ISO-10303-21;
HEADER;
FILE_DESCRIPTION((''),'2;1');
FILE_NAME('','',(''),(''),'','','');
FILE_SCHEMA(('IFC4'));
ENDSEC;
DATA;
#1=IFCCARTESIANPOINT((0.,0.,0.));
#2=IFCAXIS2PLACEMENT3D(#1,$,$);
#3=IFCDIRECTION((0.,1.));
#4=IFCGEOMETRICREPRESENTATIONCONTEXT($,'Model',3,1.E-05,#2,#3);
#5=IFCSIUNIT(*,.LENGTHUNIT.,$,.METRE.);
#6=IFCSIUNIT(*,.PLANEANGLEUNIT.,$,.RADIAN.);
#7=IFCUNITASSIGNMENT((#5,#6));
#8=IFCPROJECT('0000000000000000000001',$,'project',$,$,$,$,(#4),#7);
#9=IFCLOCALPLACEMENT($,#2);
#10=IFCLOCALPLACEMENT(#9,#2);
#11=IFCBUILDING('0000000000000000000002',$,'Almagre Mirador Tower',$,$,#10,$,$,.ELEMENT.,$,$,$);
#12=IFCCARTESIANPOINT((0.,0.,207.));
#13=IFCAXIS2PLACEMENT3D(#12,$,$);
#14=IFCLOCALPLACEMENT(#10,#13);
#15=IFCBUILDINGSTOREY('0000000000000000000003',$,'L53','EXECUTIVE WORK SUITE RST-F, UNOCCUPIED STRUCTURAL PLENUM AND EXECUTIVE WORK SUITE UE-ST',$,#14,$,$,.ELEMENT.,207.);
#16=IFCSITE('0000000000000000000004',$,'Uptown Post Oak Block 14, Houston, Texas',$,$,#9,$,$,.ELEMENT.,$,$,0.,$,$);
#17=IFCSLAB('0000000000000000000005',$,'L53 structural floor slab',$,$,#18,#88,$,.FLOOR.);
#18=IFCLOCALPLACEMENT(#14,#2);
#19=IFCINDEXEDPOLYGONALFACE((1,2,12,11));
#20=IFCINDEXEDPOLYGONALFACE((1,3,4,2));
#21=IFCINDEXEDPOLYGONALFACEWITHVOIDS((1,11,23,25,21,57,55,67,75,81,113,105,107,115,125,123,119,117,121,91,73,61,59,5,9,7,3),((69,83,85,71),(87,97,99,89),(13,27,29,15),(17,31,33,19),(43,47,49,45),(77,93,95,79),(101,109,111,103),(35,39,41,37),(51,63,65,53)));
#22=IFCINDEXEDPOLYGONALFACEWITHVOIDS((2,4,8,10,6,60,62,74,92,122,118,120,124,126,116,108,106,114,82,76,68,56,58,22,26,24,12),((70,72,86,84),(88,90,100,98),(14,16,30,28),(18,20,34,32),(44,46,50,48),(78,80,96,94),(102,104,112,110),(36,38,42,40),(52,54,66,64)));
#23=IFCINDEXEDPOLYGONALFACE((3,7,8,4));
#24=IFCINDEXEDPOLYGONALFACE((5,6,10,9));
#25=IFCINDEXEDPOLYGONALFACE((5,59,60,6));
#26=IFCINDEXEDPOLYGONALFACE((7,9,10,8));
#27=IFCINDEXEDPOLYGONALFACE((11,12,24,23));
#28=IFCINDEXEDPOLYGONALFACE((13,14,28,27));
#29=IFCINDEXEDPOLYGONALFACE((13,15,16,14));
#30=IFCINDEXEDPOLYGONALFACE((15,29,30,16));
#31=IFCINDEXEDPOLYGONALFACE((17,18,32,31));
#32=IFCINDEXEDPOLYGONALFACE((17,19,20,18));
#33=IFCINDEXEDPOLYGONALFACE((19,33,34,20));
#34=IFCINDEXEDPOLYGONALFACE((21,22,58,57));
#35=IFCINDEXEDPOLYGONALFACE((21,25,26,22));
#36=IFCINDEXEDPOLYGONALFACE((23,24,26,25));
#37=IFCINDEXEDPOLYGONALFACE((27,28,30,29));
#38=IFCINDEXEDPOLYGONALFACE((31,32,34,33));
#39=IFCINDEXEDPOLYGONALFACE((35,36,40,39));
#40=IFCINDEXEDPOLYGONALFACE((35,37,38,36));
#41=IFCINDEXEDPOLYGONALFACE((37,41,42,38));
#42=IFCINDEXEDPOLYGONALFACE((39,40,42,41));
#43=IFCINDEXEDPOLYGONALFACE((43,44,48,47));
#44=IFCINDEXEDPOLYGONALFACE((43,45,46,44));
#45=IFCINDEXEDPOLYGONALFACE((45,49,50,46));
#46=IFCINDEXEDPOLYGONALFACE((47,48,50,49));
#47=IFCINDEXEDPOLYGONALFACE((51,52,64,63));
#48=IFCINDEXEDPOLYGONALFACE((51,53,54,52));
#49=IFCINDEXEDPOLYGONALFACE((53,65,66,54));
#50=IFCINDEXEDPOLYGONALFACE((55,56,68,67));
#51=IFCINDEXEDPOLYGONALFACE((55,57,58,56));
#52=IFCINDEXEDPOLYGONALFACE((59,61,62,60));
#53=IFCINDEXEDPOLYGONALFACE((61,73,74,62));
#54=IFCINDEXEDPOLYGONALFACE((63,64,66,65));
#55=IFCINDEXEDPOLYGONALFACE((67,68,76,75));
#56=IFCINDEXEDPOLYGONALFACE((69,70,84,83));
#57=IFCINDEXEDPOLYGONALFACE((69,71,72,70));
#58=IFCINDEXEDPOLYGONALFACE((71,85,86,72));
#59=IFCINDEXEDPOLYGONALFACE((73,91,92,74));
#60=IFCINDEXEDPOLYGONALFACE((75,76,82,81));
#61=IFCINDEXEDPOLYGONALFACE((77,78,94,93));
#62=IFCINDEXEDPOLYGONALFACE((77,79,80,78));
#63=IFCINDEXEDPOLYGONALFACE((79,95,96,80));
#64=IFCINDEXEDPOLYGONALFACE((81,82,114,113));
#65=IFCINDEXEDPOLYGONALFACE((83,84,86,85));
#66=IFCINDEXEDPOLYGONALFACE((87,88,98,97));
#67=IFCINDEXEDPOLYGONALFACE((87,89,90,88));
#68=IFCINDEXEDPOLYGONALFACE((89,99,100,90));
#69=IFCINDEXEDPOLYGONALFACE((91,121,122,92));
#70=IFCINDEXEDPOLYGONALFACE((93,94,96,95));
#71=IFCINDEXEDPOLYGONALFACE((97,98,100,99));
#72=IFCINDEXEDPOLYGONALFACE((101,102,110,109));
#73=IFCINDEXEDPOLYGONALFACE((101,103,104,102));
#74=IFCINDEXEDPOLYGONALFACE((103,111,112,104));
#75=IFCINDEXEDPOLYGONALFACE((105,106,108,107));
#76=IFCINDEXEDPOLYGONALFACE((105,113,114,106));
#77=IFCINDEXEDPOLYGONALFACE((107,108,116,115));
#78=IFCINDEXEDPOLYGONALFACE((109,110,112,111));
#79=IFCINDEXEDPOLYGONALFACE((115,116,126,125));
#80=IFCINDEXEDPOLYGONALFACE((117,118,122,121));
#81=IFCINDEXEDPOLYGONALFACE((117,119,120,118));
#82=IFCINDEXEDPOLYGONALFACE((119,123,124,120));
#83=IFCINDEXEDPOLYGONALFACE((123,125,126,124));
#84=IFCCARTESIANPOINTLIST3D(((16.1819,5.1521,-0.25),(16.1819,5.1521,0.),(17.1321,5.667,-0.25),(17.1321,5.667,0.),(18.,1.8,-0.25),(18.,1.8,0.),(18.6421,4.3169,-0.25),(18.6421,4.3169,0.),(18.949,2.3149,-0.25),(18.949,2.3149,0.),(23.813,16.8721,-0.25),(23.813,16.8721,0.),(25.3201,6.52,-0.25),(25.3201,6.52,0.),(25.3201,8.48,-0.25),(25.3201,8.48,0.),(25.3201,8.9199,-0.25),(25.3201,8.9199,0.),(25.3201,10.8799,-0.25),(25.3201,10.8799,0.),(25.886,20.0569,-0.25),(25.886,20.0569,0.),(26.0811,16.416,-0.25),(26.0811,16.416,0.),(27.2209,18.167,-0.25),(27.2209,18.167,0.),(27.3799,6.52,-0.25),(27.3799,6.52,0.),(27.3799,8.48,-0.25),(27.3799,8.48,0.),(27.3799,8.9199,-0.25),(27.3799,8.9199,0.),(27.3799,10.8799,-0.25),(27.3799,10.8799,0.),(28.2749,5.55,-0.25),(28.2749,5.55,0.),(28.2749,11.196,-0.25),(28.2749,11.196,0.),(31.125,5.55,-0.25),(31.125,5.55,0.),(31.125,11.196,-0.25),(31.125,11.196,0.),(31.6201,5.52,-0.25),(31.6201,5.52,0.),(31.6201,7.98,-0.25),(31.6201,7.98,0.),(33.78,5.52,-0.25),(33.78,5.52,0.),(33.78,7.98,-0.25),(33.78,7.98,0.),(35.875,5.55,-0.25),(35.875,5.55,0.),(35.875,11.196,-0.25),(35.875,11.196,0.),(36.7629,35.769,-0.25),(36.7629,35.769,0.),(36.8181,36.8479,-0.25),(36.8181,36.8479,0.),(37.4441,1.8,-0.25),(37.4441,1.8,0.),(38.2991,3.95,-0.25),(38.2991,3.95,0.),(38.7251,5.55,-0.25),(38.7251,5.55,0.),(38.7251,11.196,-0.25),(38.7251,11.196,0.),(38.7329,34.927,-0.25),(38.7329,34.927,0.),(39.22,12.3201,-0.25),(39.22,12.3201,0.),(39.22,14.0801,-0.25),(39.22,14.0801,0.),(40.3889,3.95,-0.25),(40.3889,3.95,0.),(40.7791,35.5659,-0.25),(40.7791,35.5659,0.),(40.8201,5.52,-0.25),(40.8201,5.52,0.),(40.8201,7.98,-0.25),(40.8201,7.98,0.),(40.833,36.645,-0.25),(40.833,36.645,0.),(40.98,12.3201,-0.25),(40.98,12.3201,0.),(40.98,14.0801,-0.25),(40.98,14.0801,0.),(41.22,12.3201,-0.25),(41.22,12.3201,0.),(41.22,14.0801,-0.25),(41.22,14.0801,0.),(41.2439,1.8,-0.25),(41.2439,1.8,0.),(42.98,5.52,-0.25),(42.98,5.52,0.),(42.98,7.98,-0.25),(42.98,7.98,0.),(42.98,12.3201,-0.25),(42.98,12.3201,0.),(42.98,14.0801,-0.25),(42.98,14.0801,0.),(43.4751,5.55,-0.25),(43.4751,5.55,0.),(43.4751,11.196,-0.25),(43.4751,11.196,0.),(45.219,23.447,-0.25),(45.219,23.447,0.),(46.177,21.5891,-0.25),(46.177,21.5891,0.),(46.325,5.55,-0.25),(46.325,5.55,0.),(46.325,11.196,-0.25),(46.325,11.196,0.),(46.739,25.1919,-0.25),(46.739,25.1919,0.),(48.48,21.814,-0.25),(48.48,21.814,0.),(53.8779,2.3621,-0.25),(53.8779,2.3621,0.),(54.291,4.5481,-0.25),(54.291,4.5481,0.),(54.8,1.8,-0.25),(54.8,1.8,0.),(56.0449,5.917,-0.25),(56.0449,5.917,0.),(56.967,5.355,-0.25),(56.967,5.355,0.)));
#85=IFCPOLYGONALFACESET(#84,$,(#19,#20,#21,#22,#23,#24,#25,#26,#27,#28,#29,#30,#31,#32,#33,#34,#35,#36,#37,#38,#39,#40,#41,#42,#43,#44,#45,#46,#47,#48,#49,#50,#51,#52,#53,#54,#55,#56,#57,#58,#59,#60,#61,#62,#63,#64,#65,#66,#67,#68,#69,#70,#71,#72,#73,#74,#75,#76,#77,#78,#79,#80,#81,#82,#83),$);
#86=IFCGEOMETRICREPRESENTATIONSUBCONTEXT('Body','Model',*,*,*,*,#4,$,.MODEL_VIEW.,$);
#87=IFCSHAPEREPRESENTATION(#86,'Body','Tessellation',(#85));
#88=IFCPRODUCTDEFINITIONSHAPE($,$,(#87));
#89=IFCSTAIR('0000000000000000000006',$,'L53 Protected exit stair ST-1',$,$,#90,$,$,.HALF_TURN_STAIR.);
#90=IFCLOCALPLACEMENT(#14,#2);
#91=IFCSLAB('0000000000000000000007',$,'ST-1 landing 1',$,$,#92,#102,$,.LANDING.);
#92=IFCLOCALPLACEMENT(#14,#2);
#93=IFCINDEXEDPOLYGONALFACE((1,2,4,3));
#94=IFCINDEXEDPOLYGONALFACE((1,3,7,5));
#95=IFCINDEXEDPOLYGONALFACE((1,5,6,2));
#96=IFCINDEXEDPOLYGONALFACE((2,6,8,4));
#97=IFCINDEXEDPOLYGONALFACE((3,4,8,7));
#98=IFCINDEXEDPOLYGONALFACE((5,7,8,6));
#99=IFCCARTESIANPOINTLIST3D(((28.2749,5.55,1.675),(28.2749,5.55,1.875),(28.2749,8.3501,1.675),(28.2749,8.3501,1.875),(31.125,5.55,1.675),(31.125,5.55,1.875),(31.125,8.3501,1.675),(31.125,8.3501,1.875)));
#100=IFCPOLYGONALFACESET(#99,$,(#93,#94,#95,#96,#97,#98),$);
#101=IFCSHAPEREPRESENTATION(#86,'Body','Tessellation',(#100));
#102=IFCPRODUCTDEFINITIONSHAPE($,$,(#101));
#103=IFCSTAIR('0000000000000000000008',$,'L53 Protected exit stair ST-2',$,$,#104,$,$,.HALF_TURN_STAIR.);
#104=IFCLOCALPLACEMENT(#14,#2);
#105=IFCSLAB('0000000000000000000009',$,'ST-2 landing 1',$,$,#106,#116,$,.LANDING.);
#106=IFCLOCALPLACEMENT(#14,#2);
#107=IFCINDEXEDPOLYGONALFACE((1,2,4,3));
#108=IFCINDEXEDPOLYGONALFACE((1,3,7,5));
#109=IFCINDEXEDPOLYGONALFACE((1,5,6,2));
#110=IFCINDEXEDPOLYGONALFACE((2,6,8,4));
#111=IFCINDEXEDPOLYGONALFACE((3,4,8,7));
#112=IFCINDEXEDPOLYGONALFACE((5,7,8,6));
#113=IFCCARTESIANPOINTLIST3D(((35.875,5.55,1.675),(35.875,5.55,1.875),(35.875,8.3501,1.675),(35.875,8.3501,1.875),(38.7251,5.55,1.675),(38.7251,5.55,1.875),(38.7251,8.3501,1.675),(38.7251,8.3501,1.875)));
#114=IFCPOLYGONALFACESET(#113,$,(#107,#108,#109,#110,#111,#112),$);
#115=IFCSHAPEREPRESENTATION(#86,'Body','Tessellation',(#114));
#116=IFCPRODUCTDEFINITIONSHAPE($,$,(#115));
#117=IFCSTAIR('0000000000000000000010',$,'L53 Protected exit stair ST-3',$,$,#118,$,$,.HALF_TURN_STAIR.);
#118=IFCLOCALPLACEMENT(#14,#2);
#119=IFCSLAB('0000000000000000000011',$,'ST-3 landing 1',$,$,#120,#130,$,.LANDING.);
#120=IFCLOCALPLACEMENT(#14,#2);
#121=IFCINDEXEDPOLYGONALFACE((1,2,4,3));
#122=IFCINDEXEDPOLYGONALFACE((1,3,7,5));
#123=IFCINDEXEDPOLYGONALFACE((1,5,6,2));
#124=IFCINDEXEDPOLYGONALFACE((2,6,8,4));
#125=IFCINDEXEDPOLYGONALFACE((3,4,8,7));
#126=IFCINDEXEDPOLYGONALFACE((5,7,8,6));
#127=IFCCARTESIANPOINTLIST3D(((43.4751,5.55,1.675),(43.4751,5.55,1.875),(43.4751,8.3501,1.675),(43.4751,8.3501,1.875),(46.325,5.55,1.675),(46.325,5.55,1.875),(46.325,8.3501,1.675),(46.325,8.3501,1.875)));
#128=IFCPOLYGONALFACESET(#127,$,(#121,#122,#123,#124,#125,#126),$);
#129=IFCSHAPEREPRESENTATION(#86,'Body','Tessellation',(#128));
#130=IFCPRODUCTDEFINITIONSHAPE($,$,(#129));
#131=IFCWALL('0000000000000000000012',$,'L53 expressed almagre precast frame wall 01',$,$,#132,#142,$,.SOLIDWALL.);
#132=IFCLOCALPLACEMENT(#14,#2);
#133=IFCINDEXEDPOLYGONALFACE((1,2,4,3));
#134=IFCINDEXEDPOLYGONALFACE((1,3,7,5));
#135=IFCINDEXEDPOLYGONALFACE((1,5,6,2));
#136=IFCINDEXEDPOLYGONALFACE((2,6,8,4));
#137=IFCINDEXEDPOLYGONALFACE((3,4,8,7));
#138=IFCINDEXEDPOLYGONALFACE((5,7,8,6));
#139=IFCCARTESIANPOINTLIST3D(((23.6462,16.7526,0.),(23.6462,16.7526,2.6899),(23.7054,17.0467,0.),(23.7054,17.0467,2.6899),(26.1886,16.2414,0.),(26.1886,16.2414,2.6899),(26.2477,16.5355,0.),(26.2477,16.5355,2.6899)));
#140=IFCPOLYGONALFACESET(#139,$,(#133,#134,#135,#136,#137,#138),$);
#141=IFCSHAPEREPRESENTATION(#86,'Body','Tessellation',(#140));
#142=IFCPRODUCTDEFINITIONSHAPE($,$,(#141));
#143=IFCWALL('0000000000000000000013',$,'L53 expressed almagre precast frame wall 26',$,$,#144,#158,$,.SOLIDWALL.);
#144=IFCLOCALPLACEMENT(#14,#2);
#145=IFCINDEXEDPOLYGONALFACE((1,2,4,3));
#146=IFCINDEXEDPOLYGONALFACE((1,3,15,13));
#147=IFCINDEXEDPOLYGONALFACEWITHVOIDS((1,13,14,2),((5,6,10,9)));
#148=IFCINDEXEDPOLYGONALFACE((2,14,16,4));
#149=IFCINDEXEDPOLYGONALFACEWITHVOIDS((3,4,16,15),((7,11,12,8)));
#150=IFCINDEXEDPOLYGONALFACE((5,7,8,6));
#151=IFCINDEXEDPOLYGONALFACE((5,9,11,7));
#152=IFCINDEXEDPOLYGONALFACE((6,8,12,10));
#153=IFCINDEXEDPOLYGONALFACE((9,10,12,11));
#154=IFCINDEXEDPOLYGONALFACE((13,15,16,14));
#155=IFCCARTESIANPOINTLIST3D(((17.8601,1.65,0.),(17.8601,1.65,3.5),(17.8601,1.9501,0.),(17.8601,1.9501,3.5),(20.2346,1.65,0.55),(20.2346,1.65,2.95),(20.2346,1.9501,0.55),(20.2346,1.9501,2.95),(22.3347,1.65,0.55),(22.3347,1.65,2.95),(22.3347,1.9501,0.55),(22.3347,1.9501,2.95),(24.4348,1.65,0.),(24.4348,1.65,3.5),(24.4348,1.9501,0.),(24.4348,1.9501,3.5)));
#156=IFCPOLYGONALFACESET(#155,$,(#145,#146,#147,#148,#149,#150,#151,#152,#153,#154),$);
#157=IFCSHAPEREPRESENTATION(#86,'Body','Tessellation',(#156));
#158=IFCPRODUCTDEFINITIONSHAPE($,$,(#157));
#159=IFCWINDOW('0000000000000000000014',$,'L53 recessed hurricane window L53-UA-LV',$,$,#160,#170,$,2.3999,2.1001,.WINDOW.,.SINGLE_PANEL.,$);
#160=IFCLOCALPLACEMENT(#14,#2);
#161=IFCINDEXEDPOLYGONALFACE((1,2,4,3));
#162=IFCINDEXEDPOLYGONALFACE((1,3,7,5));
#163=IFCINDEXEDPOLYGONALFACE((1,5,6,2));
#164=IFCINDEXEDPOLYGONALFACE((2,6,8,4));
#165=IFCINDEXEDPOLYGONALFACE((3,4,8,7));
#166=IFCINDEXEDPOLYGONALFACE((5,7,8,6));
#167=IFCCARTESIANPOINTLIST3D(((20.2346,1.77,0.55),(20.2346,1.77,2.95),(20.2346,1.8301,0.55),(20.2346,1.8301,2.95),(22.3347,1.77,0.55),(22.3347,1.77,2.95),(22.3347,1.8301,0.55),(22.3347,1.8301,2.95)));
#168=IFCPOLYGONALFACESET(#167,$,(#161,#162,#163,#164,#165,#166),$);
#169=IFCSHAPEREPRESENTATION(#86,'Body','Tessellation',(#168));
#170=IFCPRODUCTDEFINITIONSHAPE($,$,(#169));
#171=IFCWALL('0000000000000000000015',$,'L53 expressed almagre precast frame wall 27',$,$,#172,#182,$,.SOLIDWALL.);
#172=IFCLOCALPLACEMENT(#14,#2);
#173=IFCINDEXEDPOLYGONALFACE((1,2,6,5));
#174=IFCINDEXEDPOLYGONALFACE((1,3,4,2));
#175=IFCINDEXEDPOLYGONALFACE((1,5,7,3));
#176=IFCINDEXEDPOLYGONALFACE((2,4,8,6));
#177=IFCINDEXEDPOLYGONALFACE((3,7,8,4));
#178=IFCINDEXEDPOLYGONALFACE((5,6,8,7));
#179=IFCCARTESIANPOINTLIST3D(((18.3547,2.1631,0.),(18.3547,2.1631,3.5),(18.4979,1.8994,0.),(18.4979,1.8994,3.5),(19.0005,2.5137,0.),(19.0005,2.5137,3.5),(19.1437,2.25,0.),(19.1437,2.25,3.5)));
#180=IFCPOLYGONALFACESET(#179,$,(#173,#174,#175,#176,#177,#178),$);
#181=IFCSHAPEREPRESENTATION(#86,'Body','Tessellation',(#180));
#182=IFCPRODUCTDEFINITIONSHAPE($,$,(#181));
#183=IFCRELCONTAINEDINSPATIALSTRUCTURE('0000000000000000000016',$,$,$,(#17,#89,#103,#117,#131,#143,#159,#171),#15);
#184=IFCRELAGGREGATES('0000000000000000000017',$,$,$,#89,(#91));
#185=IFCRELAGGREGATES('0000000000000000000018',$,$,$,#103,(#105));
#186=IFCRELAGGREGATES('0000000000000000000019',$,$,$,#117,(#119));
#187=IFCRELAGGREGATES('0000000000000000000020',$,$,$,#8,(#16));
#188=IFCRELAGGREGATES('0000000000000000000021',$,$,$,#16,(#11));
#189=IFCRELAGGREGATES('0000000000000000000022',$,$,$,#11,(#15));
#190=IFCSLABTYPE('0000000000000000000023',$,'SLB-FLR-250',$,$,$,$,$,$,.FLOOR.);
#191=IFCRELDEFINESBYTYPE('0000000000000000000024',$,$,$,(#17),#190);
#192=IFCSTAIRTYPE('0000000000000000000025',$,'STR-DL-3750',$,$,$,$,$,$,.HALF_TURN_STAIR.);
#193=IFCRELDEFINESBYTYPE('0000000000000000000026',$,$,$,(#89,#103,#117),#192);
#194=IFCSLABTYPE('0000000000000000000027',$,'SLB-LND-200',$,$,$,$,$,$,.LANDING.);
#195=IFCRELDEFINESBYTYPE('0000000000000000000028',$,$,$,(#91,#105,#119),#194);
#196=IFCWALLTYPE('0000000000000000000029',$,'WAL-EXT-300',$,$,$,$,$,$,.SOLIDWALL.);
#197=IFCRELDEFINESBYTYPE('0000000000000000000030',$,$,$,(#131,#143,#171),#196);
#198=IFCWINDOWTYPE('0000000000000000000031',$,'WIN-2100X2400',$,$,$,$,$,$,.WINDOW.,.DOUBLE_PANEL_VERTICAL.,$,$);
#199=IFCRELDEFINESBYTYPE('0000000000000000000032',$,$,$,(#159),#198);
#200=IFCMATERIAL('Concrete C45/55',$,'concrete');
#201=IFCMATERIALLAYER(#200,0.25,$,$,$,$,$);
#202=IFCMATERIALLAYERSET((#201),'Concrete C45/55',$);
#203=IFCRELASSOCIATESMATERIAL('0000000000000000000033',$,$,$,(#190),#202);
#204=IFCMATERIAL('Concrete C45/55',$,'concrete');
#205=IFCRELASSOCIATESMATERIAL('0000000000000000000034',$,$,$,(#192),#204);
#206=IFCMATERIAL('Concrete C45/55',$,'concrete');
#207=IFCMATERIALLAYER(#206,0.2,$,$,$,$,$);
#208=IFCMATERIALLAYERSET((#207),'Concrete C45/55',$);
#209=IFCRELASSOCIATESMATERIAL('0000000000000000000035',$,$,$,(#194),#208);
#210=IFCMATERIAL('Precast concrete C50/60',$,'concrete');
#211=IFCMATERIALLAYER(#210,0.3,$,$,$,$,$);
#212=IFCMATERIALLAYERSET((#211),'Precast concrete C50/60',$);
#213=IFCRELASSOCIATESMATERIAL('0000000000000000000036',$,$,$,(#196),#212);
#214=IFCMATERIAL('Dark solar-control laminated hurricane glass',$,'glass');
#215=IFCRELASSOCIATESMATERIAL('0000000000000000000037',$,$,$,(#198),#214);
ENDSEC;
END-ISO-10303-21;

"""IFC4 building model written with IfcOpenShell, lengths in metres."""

from ifc_helpers import new_model, si_unit, direction, frame, frame_2d, origin, place, context, subcontext, project, spatial, polyline, rectangle, outline, extrude, material, layer, layer_set, type_object, element, fill, aggregate, save


model = new_model("IFC4")

# Units and contexts
model_context = context("Model", 3, precision=1e-05, world=origin(), true_north=direction((0.0, 1.0)))
body_context = subcontext(model_context, "Body", "Model", "MODEL_VIEW")
ifc_project = project(units=[si_unit("LENGTHUNIT", "METRE"), si_unit("PLANEANGLEUNIT", "RADIAN")], contexts=[model_context])

# Site, building, storey
site_placement = place(None, origin())
site = spatial("IfcSite", under=ifc_project, at=site_placement, Name="Uptown Post Oak Block 14, Houston, Texas", CompositionType="ELEMENT", RefElevation=0.0)
building_placement = place(site_placement, origin())
building = spatial("IfcBuilding", under=site, at=building_placement, Name="Almagre Mirador Tower", CompositionType="ELEMENT")
storey_placement = place(building_placement, frame((0.0, 0.0, 207.0)))
storey = spatial("IfcBuildingStorey", under=building, at=storey_placement, Name="L53", Description="EXECUTIVE WORK SUITE RST-F, UNOCCUPIED STRUCTURAL PLENUM AND EXECUTIVE WORK SUITE UE-ST", CompositionType="ELEMENT", Elevation=207.0)

# Slab
ifc_material_1 = material(Name="Concrete C45/55", Category="concrete")
ifc_layer_1 = layer(ifc_material_1, 0.25)
ifc_layer_set_1 = layer_set([ifc_layer_1], Name="Concrete C45/55")
slab_type_1 = type_object("IfcSlabType", Name="SLB-FLR-250", PredefinedType="FLOOR", material=ifc_layer_set_1)
slab_1_placement = place(storey_placement, frame((0.0, 0.0, -0.25)))
element("IfcSlab", 1, at=slab_1_placement, inside=storey, type_object=slab_type_1, Name="L53 structural floor slab", PredefinedType="FLOOR", context=body_context, shape_type="SweptSolid", body=[
    extrude(outline(polyline([(16.1819, 5.1521), (17.1321, 5.667), (18.6421, 4.3169), (18.949, 2.3149), (18.0, 1.8), (37.4441, 1.8), (38.2991, 3.95), (40.3889, 3.95), (41.2439, 1.8), (54.8, 1.8), (53.8779, 2.3621), (54.291, 4.5481), (56.0449, 5.917), (56.967, 5.355), (48.48, 21.814), (46.177, 21.5891), (45.219, 23.447), (46.739, 25.1919), (40.833, 36.645), (40.7791, 35.5659), (38.7329, 34.927), (36.7629, 35.769), (36.8181, 36.8479), (25.886, 20.0569), (27.2209, 18.167), (26.0811, 16.416), (23.813, 16.8721), (16.1819, 5.1521)]), holes=[polyline([(43.4751, 5.55), (43.4751, 11.196), (46.325, 11.196), (46.325, 5.55), (43.4751, 5.55)]), polyline([(41.22, 12.3201), (41.22, 14.0801), (42.98, 14.0801), (42.98, 12.3201), (41.22, 12.3201)]), polyline([(42.98, 5.52), (40.8201, 5.52), (40.8201, 7.98), (42.98, 7.98), (42.98, 5.52)]), polyline([(39.22, 12.3201), (39.22, 14.0801), (40.98, 14.0801), (40.98, 12.3201), (39.22, 12.3201)]), polyline([(35.875, 5.55), (35.875, 11.196), (38.7251, 11.196), (38.7251, 5.55), (35.875, 5.55)]), polyline([(33.78, 5.52), (31.6201, 5.52), (31.6201, 7.98), (33.78, 7.98), (33.78, 5.52)]), polyline([(28.2749, 5.55), (28.2749, 11.196), (31.125, 11.196), (31.125, 5.55), (28.2749, 5.55)]), polyline([(27.3799, 6.52), (25.3201, 6.52), (25.3201, 8.48), (27.3799, 8.48), (27.3799, 6.52)]), polyline([(27.3799, 8.9199), (25.3201, 8.9199), (25.3201, 10.8799), (27.3799, 10.8799), (27.3799, 8.9199)])]), origin(), (0.0, 0.0, 1.0), 0.25),
])

# Stairs, slabs
ifc_material_2 = material(Name="Concrete C45/55", Category="concrete")
stair_type = type_object("IfcStairType", Name="STR-DL-3750", PredefinedType="HALF_TURN_STAIR", material=ifc_material_2)
stair_1_placement = place(storey_placement, origin())
stair_1 = element("IfcStair", 2, at=stair_1_placement, inside=storey, type_object=stair_type, Name="L53 Protected exit stair ST-1", PredefinedType="HALF_TURN_STAIR")
ifc_material_3 = material(Name="Concrete C45/55", Category="concrete")
ifc_layer_2 = layer(ifc_material_3, 0.2)
ifc_layer_set_2 = layer_set([ifc_layer_2], Name="Concrete C45/55")
slab_type_2 = type_object("IfcSlabType", Name="SLB-LND-200", PredefinedType="LANDING", material=ifc_layer_set_2)
slab_2_placement = place(storey_placement, frame((0.0, 0.0, 1.675)))
slab_2 = element("IfcSlab", 3, at=slab_2_placement, type_object=slab_type_2, Name="ST-1 landing 1", PredefinedType="LANDING", context=body_context, shape_type="SweptSolid", body=[
    extrude(outline(polyline([(28.2749, 8.3501), (28.2749, 5.55), (31.125, 5.55), (31.125, 8.3501), (28.2749, 8.3501)])), origin(), (0.0, 0.0, 1.0), 0.2),
])
aggregate(stair_1, [slab_2])
stair_2_placement = place(storey_placement, origin())
stair_2 = element("IfcStair", 4, at=stair_2_placement, inside=storey, type_object=stair_type, Name="L53 Protected exit stair ST-2", PredefinedType="HALF_TURN_STAIR")
slab_3_placement = place(storey_placement, frame((0.0, 0.0, 1.675)))
slab_3 = element("IfcSlab", 5, at=slab_3_placement, type_object=slab_type_2, Name="ST-2 landing 1", PredefinedType="LANDING", context=body_context, shape_type="SweptSolid", body=[
    extrude(outline(polyline([(35.875, 8.3501), (35.875, 5.55), (38.7251, 5.55), (38.7251, 8.3501), (35.875, 8.3501)])), origin(), (0.0, 0.0, 1.0), 0.2),
])
aggregate(stair_2, [slab_3])
stair_3_placement = place(storey_placement, origin())
stair_3 = element("IfcStair", 6, at=stair_3_placement, inside=storey, type_object=stair_type, Name="L53 Protected exit stair ST-3", PredefinedType="HALF_TURN_STAIR")
slab_4_placement = place(storey_placement, frame((0.0, 0.0, 1.675)))
slab_4 = element("IfcSlab", 7, at=slab_4_placement, type_object=slab_type_2, Name="ST-3 landing 1", PredefinedType="LANDING", context=body_context, shape_type="SweptSolid", body=[
    extrude(outline(polyline([(43.4751, 8.3501), (43.4751, 5.55), (46.325, 5.55), (46.325, 8.3501), (43.4751, 8.3501)])), origin(), (0.0, 0.0, 1.0), 0.2),
])
aggregate(stair_3, [slab_4])

# Wall
ifc_material_4 = material(Name="Precast concrete C50/60", Category="concrete")
ifc_layer_3 = layer(ifc_material_4, 0.3)
ifc_layer_set_3 = layer_set([ifc_layer_3], Name="Precast concrete C50/60")
wall_type_1 = type_object("IfcWallType", Name="WAL-EXT-300", PredefinedType="SOLIDWALL", material=ifc_layer_set_3)
wall_1_placement = place(storey_placement, frame((23.6758, 16.8997, 0.0), z_axis=(0.0, 0.0, 1.0), x_axis=(0.980377, -0.19713, 0.0)))
element("IfcWall", 8, at=wall_1_placement, inside=storey, type_object=wall_type_1, Name="L53 expressed almagre precast frame wall 01", PredefinedType="SOLIDWALL", context=body_context, shape_type="SweptSolid", body=[
    extrude(rectangle(XDim=2.5933, YDim=0.3, at=frame_2d((1.2966, 0.0))), origin(), (0.0, 0.0, 1.0), 2.6899),
])

# Wall, opening, window
wall_2_placement = place(storey_placement, frame((24.4348, 1.8, 0.0), z_axis=(0.0, 0.0, 1.0), x_axis=(-1.0, 0.0, 0.0)))
wall_2 = element("IfcWall", 9, at=wall_2_placement, inside=storey, type_object=wall_type_1, Name="L53 expressed almagre precast frame wall 26", PredefinedType="SOLIDWALL", context=body_context, shape_type="SweptSolid", body=[
    extrude(rectangle(XDim=6.5747, YDim=0.3, at=frame_2d((3.2874, 0.0))), origin(), (0.0, 0.0, 1.0), 3.5),
])
opening_1_placement = place(wall_2_placement, frame((2.1001, 0.0, 0.55)))
opening_1 = element("IfcOpeningElement", 10, at=opening_1_placement, cuts=wall_2, PredefinedType="OPENING", context=body_context, shape_type="SweptSolid", body=[
    extrude(rectangle(XDim=2.1001, YDim=2.3999, at=frame_2d((1.05, 1.2))), frame((0.0, 0.1599, 0.0), z_axis=(0.0, -1.0, 0.0), x_axis=(1.0, 0.0, 0.0)), (0.0, 0.0, 1.0), 0.32),
])
ifc_material_5 = material(Name="Dark solar-control laminated hurricane glass", Category="glass")
window_type_1 = type_object("IfcWindowType", Name="WIN-2100X2400", PartitioningType="DOUBLE_PANEL_VERTICAL", PredefinedType="WINDOW", material=ifc_material_5)
window_1_placement = place(opening_1_placement, origin())
window_1 = element("IfcWindow", 11, at=window_1_placement, inside=storey, type_object=window_type_1, Name="L53 recessed hurricane window L53-UA-LV", OverallHeight=2.3999, OverallWidth=2.1001, PartitioningType="SINGLE_PANEL", PredefinedType="WINDOW", context=body_context, shape_type="SweptSolid", body=[
    extrude(rectangle(XDim=2.1001, YDim=2.3999, at=frame_2d((1.05, 1.2))), frame((0.0, 0.03, 0.0), z_axis=(0.0, -1.0, 0.0), x_axis=(1.0, 0.0, 0.0)), (0.0, 0.0, 1.0), 0.0601),
])
fill(opening_1, window_1)

# Wall
wall_3_placement = place(storey_placement, frame((18.4263, 2.0312, 0.0), z_axis=(0.0, 0.0, 1.0), x_axis=(0.878834, 0.477129, 0.0)))
element("IfcWall", 12, at=wall_3_placement, inside=storey, type_object=wall_type_1, Name="L53 expressed almagre precast frame wall 27", PredefinedType="SOLIDWALL", context=body_context, shape_type="SweptSolid", body=[
    extrude(rectangle(XDim=0.7349, YDim=0.3, at=frame_2d((0.3674, 0.0))), origin(), (0.0, 0.0, 1.0), 3.5),
])

save(model, "model.ifc")
